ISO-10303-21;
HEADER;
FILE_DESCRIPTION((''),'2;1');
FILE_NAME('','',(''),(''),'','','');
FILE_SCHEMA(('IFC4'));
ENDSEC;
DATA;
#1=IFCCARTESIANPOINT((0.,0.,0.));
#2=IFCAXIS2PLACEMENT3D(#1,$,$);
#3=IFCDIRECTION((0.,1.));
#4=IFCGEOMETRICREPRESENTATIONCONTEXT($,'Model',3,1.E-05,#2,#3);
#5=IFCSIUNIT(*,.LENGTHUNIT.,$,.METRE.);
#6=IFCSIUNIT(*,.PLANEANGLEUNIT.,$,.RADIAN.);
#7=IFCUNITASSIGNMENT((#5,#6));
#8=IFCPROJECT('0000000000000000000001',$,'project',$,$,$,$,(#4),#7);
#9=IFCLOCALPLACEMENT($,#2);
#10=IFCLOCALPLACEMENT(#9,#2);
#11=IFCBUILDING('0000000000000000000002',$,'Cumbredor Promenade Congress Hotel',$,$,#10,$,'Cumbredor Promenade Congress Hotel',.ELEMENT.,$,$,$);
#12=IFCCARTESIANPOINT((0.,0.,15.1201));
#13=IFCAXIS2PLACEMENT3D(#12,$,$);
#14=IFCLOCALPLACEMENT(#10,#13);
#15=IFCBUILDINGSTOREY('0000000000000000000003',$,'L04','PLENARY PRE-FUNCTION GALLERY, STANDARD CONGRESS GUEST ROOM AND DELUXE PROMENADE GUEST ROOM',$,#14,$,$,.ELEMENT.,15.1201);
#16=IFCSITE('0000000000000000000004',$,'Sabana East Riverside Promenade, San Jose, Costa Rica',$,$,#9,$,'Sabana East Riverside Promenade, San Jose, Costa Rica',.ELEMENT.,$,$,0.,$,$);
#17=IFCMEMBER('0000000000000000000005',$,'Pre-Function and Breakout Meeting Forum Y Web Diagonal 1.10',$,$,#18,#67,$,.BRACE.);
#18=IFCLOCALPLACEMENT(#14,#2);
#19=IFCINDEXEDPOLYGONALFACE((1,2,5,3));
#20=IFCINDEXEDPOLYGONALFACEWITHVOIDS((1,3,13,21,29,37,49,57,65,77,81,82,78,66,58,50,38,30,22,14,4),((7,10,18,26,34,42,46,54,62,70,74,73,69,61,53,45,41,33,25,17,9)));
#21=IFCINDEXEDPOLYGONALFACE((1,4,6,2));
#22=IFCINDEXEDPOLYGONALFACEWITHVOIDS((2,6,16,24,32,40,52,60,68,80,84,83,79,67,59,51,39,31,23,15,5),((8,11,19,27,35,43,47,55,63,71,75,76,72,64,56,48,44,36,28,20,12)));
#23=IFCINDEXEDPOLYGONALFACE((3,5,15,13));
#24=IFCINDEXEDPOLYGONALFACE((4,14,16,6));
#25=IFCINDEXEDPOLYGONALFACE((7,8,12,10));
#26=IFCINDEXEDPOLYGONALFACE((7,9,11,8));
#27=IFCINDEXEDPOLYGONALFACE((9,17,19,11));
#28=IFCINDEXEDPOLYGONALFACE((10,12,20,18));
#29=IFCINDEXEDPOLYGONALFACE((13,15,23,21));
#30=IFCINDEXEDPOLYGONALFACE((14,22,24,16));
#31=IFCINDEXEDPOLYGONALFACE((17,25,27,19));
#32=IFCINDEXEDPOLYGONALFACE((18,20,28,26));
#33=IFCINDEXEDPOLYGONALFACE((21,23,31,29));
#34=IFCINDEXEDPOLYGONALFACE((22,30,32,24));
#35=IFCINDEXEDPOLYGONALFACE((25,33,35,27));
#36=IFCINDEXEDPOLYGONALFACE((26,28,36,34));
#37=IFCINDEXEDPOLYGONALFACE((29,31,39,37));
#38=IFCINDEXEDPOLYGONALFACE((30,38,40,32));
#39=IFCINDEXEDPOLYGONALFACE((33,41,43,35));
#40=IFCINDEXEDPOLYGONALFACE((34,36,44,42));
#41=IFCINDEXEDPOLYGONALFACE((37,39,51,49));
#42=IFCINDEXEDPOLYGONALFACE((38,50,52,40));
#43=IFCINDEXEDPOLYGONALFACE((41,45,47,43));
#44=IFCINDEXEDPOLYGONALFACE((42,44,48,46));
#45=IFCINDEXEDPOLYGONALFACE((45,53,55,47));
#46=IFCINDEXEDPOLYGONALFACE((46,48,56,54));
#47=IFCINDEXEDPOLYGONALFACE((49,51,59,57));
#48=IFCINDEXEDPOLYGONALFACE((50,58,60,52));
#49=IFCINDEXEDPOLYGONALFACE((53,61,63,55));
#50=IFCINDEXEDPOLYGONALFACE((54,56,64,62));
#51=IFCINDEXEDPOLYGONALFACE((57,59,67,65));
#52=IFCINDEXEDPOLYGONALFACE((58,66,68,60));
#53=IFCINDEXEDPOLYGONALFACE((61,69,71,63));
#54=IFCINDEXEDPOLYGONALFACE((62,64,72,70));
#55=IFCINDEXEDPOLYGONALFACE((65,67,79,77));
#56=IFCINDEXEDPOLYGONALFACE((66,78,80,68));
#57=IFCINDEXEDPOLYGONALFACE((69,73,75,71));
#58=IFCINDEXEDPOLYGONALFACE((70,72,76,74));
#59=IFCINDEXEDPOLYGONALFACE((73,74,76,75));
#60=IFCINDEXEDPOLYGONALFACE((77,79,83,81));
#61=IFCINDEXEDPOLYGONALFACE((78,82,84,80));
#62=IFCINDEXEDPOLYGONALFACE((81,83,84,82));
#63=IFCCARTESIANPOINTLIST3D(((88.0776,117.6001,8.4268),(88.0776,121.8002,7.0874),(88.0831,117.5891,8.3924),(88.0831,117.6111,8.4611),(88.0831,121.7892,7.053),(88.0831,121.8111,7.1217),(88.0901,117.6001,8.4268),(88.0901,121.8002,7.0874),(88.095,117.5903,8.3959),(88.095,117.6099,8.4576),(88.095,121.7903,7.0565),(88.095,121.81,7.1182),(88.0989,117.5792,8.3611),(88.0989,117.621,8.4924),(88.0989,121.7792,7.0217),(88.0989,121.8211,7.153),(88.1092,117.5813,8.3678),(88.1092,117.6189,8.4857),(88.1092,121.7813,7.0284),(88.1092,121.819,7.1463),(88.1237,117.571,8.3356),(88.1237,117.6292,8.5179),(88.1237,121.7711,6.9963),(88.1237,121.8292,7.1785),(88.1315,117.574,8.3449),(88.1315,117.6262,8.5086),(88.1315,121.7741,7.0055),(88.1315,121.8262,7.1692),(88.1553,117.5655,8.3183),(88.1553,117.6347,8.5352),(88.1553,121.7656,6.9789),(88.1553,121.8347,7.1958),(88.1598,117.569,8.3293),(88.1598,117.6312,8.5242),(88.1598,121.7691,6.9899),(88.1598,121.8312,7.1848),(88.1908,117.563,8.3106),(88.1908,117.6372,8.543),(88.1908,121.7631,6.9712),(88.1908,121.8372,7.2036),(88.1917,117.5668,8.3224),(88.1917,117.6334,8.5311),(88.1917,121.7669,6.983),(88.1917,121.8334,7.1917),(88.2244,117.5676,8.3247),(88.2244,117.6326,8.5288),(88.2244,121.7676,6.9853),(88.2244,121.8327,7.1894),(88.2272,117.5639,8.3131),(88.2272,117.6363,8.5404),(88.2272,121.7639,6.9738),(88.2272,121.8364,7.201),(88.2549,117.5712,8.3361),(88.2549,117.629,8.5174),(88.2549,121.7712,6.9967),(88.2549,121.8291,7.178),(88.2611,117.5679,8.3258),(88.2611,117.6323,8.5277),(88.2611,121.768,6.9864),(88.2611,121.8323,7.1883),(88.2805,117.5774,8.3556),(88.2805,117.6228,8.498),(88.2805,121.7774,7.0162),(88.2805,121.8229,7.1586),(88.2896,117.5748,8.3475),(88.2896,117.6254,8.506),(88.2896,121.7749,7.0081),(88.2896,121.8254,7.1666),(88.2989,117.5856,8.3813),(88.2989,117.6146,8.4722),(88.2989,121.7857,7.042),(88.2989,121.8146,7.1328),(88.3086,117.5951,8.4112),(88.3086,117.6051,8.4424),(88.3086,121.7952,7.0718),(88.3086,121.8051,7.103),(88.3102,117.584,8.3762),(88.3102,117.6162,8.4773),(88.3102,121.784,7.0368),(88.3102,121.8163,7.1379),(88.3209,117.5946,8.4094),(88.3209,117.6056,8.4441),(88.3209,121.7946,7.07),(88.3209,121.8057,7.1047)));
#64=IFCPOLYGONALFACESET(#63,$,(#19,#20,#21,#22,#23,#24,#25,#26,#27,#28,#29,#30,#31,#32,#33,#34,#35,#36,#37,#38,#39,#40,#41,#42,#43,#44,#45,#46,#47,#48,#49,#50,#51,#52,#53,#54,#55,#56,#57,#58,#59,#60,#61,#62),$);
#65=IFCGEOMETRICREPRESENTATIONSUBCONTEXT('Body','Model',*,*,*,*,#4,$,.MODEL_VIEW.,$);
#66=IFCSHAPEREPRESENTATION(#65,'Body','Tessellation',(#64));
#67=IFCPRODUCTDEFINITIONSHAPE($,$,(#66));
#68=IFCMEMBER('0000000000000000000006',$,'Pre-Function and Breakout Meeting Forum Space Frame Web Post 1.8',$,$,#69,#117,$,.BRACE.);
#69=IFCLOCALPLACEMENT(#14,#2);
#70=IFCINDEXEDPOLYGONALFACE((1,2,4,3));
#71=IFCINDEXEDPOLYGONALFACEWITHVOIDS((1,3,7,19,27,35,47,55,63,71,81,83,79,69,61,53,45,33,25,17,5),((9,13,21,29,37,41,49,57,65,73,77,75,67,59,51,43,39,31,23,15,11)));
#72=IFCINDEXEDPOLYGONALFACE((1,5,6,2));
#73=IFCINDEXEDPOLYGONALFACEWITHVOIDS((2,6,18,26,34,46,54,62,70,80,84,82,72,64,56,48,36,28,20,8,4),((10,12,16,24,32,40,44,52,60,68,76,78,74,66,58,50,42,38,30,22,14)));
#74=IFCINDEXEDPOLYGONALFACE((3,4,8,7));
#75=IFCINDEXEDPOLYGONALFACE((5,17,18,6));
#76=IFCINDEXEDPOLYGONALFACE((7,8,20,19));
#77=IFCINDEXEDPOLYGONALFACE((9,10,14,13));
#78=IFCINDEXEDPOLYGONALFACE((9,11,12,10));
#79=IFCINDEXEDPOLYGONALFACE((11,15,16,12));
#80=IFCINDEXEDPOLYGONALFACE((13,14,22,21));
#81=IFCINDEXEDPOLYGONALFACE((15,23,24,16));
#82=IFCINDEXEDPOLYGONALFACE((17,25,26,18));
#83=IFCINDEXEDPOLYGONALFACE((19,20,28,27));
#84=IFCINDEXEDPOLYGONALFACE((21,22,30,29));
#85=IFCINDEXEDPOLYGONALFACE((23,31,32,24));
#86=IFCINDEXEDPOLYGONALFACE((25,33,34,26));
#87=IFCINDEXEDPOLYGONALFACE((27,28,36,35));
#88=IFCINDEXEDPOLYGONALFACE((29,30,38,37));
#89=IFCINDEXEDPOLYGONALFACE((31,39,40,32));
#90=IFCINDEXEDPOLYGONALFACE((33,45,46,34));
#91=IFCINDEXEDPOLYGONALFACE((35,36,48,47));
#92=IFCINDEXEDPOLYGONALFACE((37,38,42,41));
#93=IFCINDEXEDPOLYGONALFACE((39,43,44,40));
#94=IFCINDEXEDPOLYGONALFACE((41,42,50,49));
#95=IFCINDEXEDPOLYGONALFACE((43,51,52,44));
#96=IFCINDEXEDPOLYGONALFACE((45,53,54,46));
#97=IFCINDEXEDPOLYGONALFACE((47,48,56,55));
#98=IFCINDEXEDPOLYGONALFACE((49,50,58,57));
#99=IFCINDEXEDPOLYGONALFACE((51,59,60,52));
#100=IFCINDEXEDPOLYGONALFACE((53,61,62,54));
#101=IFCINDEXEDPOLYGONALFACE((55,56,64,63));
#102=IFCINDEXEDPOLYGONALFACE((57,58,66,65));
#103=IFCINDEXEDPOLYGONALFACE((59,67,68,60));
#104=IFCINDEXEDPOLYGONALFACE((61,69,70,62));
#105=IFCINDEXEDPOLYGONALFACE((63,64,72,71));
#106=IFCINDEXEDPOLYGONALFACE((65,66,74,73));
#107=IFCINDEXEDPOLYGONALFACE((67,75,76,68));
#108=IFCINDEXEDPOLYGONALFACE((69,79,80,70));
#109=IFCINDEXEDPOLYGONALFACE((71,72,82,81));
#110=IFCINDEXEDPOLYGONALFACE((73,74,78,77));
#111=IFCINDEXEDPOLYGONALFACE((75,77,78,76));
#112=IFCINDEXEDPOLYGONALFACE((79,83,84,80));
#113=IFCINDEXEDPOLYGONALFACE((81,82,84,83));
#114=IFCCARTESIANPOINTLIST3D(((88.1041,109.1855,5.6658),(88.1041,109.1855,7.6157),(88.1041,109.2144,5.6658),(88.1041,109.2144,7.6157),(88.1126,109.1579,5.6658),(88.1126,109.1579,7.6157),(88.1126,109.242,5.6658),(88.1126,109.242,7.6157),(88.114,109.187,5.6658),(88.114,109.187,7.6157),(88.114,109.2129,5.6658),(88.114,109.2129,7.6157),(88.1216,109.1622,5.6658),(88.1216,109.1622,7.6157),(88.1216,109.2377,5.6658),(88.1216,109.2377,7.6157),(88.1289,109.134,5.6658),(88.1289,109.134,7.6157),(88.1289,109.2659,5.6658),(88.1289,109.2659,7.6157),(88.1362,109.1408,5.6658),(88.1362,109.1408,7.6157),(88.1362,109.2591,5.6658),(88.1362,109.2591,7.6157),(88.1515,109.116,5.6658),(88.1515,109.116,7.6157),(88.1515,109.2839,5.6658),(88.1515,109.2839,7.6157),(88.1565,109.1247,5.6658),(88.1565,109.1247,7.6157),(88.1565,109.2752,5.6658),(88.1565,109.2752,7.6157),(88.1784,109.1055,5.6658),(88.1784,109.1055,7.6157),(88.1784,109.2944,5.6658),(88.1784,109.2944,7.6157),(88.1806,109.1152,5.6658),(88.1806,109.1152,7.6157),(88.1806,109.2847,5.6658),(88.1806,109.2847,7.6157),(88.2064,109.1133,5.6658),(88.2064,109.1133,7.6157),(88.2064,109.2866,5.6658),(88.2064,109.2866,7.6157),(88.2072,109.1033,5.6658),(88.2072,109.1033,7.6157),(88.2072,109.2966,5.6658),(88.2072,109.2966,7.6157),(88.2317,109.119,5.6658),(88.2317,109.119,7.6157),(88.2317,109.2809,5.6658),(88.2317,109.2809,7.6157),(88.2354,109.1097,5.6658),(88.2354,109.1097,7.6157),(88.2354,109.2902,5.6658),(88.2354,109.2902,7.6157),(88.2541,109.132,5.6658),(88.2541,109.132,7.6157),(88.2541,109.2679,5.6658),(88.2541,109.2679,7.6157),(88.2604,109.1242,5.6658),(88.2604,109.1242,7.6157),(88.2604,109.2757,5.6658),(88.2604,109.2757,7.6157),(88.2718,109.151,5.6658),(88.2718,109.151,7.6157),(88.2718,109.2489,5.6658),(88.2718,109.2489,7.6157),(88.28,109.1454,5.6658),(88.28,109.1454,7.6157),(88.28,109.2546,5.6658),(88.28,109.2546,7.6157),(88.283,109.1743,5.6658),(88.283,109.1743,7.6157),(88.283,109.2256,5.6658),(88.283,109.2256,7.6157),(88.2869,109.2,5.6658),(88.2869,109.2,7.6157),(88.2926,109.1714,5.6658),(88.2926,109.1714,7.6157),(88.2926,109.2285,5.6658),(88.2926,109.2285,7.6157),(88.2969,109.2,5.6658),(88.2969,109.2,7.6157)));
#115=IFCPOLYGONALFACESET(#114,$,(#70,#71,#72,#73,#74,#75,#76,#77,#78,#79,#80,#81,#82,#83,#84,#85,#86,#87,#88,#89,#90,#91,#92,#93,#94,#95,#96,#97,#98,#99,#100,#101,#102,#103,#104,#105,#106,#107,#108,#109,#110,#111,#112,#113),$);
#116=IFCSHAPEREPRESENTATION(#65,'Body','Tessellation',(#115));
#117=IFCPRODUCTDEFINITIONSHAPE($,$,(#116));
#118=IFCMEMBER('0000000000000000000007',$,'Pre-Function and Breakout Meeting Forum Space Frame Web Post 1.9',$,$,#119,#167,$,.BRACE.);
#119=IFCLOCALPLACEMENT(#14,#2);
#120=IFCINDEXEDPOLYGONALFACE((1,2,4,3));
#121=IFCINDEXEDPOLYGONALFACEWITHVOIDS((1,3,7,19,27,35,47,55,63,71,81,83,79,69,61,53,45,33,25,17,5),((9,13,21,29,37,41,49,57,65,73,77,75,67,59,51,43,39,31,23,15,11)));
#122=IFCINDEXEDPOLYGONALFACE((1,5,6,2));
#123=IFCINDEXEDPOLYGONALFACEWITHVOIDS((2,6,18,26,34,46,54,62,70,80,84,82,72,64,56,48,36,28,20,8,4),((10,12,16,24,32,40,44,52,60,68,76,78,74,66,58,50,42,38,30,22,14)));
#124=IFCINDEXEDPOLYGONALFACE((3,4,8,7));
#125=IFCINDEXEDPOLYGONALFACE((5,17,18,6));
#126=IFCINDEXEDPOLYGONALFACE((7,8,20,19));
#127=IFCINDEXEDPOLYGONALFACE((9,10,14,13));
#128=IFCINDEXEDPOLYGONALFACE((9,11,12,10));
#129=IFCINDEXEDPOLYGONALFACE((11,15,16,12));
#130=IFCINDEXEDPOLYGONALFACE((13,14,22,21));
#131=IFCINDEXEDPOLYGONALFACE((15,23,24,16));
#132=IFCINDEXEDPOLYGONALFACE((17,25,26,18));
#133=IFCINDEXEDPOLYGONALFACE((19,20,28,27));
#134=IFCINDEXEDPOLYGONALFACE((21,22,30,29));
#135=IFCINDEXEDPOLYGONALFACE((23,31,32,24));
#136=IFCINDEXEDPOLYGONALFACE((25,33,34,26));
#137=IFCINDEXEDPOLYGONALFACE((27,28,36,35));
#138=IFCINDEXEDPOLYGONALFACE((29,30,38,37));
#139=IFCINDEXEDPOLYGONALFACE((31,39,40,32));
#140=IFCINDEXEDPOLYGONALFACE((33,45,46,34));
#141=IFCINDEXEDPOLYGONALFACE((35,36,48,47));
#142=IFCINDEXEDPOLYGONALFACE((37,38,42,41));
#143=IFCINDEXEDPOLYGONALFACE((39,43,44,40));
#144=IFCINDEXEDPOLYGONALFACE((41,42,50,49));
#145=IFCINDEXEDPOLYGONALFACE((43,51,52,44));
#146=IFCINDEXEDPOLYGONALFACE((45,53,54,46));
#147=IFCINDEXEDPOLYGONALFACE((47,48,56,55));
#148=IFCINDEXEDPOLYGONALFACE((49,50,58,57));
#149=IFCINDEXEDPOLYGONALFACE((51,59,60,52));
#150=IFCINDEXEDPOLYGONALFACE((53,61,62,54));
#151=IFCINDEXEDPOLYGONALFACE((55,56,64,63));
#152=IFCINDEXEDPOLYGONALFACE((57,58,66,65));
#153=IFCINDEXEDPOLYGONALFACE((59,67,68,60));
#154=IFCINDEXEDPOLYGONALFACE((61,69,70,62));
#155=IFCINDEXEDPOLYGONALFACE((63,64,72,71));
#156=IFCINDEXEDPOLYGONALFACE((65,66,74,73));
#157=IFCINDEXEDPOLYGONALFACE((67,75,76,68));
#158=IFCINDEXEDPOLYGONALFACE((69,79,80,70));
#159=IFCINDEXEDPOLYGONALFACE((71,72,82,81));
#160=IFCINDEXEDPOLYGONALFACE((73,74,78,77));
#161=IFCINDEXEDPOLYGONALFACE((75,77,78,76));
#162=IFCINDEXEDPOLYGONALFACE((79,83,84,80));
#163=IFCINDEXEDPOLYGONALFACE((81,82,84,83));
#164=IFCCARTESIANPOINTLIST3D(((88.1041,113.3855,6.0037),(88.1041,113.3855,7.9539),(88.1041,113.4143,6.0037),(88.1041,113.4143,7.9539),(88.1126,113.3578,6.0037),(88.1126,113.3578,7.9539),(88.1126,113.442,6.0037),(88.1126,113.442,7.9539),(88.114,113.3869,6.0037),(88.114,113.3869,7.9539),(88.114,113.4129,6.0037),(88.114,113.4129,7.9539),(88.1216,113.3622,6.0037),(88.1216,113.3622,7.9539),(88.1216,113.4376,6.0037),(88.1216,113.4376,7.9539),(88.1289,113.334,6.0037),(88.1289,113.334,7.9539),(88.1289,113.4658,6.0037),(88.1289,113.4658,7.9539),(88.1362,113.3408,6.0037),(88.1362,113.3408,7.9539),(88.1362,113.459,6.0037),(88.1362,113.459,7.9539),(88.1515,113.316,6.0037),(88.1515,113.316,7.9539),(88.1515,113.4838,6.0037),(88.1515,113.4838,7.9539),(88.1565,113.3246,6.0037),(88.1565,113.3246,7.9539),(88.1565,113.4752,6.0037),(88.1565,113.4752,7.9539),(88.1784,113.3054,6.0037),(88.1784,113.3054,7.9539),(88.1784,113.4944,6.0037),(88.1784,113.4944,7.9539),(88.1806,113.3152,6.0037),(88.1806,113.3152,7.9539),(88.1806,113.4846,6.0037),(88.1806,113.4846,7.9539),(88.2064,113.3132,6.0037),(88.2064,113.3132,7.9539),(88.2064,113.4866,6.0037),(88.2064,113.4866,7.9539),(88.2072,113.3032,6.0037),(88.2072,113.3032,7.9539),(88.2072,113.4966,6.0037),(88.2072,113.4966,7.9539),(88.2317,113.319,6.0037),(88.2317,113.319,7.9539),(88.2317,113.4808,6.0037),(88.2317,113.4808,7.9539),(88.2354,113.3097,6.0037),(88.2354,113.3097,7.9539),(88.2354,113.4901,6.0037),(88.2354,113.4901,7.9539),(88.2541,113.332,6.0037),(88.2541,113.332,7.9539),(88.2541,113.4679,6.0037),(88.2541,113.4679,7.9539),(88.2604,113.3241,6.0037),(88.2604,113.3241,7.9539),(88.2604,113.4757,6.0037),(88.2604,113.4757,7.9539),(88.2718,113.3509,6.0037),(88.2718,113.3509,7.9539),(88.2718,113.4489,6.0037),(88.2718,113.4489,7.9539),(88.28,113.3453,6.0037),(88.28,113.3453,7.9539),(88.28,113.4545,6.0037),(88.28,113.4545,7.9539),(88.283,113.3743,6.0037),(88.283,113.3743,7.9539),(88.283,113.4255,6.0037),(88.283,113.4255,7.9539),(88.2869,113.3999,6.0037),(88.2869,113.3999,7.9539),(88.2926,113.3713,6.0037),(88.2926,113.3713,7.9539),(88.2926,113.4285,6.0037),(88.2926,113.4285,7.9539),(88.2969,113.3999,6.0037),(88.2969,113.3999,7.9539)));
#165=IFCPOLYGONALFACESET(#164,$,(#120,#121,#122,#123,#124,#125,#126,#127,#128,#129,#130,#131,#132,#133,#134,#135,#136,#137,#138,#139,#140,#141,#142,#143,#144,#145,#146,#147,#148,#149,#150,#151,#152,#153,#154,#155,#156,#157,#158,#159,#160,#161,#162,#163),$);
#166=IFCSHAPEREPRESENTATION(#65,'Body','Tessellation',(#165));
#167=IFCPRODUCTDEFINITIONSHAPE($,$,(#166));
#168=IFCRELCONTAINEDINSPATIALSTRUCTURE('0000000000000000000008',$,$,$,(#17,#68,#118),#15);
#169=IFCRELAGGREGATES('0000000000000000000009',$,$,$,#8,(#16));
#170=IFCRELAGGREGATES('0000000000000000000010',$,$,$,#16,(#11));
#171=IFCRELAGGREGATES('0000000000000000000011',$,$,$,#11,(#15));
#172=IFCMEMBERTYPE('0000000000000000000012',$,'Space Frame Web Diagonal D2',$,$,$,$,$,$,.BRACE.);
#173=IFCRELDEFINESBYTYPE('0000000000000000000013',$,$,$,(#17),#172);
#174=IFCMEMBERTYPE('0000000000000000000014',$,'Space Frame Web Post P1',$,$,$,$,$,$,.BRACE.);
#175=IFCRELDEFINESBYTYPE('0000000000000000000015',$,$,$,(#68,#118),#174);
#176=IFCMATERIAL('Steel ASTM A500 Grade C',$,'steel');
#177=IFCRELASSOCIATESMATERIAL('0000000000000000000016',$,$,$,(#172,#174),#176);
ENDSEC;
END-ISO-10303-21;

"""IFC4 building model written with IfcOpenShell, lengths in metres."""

from ifc_helpers import new_model, si_unit, direction, frame, origin, origin_2d, place, context, subcontext, project, spatial, hollow_circle, extrude, material, material_profile, profile_set, type_object, element, save


model = new_model("IFC4")

# Units and contexts
model_context = context("Model", 3, precision=1e-05, world=origin(), true_north=direction((0.0, 1.0)))
body_context = subcontext(model_context, "Body", "Model", "MODEL_VIEW")
ifc_project = project(units=[si_unit("LENGTHUNIT", "METRE"), si_unit("PLANEANGLEUNIT", "RADIAN")], contexts=[model_context])

# Site, building, storey
site_placement = place(None, origin())
site = spatial("IfcSite", under=ifc_project, at=site_placement, Name="Sabana East Riverside Promenade, San Jose, Costa Rica", LongName="Sabana East Riverside Promenade, San Jose, Costa Rica", CompositionType="ELEMENT", RefElevation=0.0)
building_placement = place(site_placement, origin())
building = spatial("IfcBuilding", under=site, at=building_placement, Name="Cumbredor Promenade Congress Hotel", LongName="Cumbredor Promenade Congress Hotel", CompositionType="ELEMENT")
storey_placement = place(building_placement, frame((0.0, 0.0, 15.1201)))
storey = spatial("IfcBuildingStorey", under=building, at=storey_placement, Name="L04", Description="PLENARY PRE-FUNCTION GALLERY, STANDARD CONGRESS GUEST ROOM AND DELUXE PROMENADE GUEST ROOM", CompositionType="ELEMENT", Elevation=15.1201)

# Members
ifc_material_1 = material(Name="Steel ASTM A500 Grade C", Category="steel")
ifc_material_profile_1 = material_profile(ifc_material_1, hollow_circle(Radius=0.1223, WallThickness=0.0125, at=origin_2d()), Name="CHS 244.5x12.5")
ifc_profile_set_1 = profile_set([ifc_material_profile_1], Name="Steel ASTM A500 Grade C")
member_type_1 = type_object("IfcMemberType", Name="Space Frame Web Diagonal D2", PredefinedType="BRACE", material=ifc_profile_set_1)
member_1_placement = place(storey_placement, frame((88.2, 117.6001, 8.4268), z_axis=(0.0, 0.952728, -0.303823), x_axis=(-1.0, 0.0, 0.0)))
element("IfcMember", 1, at=member_1_placement, inside=storey, type_object=member_type_1, Name="Pre-Function and Breakout Meeting Forum Y Web Diagonal 1.10", PredefinedType="BRACE", context=body_context, shape_type="SweptSolid", body=[
    extrude(hollow_circle(Radius=0.1223, WallThickness=0.0125, at=origin_2d()), origin(), (0.0, 0.0, 1.0), 4.4084),
])
ifc_material_profile_2 = material_profile(ifc_material_1, hollow_circle(Radius=0.0969, WallThickness=0.01, at=origin_2d()), Name="CHS 193.7x10")
ifc_profile_set_2 = profile_set([ifc_material_profile_2], Name="Steel ASTM A500 Grade C")
member_type_2 = type_object("IfcMemberType", Name="Space Frame Web Post P1", PredefinedType="BRACE", material=ifc_profile_set_2)
member_2_placement = place(storey_placement, frame((88.2, 109.2, 5.6658), z_axis=(0.0, 0.0, 1.0), x_axis=(1.0, 0.0, 0.0)))
element("IfcMember", 2, at=member_2_placement, inside=storey, type_object=member_type_2, Name="Pre-Function and Breakout Meeting Forum Space Frame Web Post 1.8", PredefinedType="BRACE", context=body_context, shape_type="SweptSolid", body=[
    extrude(hollow_circle(Radius=0.0969, WallThickness=0.01, at=origin_2d()), origin(), (0.0, 0.0, 1.0), 1.95),
])
member_3_placement = place(storey_placement, frame((88.2, 113.3999, 6.0037), z_axis=(0.0, 0.0, 1.0), x_axis=(1.0, 0.0, 0.0)))
element("IfcMember", 3, at=member_3_placement, inside=storey, type_object=member_type_2, Name="Pre-Function and Breakout Meeting Forum Space Frame Web Post 1.9", PredefinedType="BRACE", context=body_context, shape_type="SweptSolid", body=[
    extrude(hollow_circle(Radius=0.0969, WallThickness=0.01, at=origin_2d()), origin(), (0.0, 0.0, 1.0), 1.9502),
])

save(model, "model.ifc")
